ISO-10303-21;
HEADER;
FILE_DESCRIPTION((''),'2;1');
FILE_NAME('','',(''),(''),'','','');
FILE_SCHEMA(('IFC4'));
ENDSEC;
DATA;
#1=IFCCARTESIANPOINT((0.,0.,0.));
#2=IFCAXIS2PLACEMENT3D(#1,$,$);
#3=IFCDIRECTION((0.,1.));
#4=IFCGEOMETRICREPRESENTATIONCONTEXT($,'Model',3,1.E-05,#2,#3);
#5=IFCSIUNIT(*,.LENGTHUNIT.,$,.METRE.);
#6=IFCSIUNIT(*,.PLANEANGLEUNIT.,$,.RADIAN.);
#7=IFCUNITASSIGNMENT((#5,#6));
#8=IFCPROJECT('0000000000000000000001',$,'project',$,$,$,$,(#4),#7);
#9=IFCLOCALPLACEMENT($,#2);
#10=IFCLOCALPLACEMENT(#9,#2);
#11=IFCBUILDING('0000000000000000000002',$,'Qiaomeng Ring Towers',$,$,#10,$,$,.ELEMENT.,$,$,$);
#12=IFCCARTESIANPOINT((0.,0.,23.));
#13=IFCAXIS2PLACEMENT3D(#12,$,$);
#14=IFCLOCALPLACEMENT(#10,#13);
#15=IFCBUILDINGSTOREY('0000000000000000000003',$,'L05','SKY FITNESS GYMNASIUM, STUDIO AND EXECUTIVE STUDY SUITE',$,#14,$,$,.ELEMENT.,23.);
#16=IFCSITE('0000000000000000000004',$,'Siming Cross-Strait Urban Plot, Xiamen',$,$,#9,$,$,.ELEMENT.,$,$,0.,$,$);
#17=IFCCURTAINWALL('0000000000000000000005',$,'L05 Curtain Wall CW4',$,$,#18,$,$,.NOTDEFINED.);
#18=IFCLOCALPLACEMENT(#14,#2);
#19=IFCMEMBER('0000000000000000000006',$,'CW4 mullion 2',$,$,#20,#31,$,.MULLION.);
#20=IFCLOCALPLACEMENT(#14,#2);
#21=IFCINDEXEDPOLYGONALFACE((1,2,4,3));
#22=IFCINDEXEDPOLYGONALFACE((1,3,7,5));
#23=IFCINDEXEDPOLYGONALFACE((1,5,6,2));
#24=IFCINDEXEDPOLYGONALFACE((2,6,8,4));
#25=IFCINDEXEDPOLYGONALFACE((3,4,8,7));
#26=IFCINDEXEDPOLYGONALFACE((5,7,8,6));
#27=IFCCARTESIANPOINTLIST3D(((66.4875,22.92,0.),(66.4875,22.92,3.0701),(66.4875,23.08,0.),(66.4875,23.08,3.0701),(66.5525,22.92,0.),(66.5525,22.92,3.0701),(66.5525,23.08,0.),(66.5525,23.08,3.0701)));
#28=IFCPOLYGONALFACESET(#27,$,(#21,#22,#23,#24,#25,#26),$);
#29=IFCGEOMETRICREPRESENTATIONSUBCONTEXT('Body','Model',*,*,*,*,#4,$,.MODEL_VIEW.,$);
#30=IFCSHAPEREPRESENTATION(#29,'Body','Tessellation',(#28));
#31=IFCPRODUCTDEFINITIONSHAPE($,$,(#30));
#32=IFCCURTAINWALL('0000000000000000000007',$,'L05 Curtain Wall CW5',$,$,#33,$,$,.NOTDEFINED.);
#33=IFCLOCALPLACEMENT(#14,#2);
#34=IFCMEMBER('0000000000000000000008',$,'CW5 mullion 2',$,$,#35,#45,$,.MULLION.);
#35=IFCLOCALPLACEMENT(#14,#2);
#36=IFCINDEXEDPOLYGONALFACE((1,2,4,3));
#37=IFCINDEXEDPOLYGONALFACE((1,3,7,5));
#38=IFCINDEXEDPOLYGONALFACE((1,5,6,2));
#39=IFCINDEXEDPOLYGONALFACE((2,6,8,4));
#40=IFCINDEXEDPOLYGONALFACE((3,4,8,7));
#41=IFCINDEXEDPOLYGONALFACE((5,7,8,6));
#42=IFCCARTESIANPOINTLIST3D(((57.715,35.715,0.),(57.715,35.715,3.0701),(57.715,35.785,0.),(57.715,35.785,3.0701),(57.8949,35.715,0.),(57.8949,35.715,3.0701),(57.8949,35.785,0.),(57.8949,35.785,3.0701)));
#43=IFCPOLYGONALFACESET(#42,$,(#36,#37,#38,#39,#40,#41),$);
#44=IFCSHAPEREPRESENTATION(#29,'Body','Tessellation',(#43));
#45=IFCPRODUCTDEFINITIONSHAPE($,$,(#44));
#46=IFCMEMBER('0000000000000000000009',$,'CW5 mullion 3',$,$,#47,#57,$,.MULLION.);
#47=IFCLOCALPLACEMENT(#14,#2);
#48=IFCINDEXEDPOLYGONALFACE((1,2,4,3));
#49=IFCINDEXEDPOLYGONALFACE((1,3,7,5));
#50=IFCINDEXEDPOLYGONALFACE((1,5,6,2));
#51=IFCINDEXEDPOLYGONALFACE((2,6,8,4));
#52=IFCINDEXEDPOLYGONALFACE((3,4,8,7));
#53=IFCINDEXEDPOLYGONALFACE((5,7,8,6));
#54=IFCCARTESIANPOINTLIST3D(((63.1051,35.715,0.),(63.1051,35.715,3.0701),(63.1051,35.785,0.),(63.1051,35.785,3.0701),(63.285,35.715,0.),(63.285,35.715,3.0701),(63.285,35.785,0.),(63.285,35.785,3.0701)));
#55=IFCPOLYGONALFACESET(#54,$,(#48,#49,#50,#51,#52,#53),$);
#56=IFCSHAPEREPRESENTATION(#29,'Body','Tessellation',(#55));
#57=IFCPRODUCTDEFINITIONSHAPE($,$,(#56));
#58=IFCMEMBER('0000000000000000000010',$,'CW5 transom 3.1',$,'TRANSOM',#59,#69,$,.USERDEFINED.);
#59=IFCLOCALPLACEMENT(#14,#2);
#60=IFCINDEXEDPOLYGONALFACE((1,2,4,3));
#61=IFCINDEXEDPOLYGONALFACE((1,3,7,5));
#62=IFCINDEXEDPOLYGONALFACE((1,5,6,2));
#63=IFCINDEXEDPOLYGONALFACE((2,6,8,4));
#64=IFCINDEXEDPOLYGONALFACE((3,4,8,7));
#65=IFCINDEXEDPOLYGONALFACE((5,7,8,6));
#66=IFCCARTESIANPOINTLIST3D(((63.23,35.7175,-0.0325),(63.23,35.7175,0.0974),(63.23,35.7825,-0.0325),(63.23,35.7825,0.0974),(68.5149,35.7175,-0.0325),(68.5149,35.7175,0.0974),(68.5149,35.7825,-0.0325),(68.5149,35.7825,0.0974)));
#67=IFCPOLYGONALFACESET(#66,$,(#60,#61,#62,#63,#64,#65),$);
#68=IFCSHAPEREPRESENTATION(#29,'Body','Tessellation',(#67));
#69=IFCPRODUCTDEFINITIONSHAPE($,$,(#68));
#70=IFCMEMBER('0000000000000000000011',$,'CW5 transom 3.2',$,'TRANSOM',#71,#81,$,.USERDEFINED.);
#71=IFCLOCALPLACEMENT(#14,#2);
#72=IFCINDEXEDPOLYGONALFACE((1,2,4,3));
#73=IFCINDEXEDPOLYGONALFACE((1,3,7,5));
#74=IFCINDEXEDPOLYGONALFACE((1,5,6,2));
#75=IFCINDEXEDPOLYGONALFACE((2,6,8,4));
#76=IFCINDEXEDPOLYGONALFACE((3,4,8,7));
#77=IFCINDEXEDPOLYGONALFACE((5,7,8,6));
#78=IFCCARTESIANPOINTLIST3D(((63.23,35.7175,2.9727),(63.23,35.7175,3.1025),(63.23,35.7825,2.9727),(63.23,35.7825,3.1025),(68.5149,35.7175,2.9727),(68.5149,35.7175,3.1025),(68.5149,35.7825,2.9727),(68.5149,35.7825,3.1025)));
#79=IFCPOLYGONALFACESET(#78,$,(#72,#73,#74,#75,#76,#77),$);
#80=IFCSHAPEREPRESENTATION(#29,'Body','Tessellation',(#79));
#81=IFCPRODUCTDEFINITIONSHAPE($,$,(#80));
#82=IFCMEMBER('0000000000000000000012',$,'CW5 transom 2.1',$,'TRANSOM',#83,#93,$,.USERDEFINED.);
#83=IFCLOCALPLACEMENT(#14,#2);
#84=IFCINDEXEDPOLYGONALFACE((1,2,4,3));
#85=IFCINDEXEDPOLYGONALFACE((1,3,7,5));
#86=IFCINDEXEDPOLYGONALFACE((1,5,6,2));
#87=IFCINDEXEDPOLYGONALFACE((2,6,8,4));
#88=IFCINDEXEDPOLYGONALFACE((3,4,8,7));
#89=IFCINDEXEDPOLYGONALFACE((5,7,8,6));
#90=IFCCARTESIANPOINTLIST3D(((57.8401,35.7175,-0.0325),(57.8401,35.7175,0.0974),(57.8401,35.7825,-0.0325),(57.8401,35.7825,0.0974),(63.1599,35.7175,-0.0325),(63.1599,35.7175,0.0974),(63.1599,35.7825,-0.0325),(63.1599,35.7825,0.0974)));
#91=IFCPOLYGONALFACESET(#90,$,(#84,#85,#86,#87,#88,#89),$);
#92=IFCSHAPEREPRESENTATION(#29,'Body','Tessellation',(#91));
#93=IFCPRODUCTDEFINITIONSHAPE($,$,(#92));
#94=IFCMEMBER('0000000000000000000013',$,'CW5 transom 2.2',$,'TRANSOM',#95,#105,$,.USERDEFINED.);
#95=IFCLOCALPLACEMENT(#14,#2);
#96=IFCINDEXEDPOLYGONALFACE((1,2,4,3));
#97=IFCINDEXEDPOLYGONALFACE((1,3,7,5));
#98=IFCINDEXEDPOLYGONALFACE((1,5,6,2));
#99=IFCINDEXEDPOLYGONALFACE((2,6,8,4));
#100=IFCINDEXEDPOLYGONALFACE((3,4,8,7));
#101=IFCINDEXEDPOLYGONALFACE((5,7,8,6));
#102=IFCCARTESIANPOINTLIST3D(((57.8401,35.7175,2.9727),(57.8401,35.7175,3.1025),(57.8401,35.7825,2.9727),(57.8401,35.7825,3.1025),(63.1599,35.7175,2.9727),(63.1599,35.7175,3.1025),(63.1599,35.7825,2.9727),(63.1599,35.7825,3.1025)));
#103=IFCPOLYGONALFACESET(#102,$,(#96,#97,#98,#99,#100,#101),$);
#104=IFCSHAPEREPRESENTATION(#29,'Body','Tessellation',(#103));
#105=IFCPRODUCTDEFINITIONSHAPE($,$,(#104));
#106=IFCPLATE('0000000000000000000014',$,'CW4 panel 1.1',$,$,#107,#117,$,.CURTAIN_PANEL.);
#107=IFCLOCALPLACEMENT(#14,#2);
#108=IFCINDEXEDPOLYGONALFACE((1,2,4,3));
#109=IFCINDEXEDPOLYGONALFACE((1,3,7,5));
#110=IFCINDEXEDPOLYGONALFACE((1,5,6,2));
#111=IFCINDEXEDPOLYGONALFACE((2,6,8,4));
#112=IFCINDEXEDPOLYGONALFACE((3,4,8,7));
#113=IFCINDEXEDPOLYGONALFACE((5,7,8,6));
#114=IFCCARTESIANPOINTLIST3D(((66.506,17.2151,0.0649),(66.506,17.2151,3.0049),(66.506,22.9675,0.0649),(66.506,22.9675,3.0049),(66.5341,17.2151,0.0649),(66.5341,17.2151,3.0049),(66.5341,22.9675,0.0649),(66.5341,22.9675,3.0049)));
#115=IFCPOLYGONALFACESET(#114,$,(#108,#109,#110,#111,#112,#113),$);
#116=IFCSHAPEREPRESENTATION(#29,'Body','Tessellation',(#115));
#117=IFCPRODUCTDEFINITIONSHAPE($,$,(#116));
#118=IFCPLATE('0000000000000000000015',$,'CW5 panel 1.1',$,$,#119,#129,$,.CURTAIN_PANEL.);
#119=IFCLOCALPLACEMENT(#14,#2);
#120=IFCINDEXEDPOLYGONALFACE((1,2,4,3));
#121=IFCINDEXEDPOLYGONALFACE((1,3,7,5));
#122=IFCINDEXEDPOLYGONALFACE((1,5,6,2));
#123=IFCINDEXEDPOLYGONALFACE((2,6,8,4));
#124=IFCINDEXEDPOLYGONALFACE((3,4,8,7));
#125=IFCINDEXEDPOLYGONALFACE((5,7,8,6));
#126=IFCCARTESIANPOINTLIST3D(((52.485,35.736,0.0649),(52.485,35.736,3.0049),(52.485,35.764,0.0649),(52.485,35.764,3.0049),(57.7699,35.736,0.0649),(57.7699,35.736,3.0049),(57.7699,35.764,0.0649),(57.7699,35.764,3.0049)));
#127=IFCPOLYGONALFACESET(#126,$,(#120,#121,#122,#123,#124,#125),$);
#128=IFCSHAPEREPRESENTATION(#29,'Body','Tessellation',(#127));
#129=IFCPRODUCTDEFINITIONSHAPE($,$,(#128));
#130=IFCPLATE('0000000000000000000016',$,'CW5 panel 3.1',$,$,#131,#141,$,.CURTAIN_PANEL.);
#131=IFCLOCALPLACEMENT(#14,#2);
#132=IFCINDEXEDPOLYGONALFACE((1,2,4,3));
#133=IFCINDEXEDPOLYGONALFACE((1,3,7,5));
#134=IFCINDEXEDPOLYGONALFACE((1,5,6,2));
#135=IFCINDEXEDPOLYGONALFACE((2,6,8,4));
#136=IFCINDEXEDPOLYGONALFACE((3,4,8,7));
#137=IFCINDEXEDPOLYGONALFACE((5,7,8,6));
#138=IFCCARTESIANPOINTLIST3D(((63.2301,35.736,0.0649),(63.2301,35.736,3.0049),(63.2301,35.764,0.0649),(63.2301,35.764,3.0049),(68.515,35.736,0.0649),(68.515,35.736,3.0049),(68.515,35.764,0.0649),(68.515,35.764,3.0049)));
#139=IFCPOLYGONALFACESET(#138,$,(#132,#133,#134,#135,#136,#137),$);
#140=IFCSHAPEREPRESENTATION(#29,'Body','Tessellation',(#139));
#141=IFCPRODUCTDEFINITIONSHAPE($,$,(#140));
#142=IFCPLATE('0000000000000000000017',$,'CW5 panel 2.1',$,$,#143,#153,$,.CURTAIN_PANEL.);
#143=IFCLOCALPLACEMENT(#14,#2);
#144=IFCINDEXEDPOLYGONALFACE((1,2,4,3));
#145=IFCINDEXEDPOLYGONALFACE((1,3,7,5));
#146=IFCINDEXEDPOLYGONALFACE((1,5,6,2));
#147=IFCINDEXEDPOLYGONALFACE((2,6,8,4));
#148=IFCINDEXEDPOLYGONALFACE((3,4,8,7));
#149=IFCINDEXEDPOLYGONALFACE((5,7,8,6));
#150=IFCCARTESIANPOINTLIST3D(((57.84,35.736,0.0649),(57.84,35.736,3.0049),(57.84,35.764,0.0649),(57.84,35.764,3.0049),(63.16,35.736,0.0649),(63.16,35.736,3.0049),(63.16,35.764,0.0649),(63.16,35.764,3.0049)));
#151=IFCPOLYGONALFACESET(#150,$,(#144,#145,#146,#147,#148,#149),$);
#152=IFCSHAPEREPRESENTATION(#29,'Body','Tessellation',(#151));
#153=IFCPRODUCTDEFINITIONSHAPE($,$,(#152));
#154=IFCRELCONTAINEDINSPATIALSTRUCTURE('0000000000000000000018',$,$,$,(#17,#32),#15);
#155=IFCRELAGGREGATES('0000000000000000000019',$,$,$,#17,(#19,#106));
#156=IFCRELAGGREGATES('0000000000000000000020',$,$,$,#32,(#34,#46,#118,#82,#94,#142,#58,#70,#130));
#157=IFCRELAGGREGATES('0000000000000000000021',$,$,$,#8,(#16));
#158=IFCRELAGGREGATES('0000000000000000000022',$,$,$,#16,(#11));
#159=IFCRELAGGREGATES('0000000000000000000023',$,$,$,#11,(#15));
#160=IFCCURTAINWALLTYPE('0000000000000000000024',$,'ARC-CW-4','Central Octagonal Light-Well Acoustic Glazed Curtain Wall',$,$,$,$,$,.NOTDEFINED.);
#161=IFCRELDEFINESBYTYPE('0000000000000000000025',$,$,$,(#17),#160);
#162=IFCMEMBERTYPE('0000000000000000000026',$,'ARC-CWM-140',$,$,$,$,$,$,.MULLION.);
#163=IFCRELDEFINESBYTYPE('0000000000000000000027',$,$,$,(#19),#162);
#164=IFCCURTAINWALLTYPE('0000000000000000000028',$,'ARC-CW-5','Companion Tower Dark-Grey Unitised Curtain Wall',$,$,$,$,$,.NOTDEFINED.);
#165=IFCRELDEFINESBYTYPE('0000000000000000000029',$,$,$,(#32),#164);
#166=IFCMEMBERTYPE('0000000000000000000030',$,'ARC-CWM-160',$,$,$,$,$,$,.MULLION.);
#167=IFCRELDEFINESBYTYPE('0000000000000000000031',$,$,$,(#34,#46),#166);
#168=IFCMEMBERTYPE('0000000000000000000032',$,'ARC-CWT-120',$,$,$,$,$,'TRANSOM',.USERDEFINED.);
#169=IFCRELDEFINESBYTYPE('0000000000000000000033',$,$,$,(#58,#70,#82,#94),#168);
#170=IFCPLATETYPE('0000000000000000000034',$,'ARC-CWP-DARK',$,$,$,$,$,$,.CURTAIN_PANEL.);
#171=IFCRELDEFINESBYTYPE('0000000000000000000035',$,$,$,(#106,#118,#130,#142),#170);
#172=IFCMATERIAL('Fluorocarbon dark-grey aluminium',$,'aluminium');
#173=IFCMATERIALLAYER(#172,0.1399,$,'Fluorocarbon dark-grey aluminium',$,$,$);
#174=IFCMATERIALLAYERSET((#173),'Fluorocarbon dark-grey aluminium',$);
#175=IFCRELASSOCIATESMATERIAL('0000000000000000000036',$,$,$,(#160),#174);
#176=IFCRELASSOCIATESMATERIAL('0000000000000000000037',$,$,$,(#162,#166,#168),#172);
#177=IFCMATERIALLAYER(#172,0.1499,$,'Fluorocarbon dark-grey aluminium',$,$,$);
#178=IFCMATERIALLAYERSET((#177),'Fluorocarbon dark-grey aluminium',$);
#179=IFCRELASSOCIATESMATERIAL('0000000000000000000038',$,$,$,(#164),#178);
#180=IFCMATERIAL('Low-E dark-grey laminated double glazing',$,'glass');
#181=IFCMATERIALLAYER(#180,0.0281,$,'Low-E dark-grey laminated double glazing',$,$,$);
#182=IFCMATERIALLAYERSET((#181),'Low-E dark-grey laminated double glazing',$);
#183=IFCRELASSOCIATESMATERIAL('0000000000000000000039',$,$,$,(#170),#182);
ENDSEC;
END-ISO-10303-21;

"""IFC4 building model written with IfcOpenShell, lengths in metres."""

from ifc_helpers import new_model, si_unit, direction, frame, origin, origin_2d, place, context, subcontext, project, spatial, rectangle, extrude, source, transform, mapped, material, layer, layer_set, material_profile, profile_set, type_object, element, aggregate, save


model = new_model("IFC4")

# Units and contexts
model_context = context("Model", 3, precision=1e-05, world=origin(), true_north=direction((0.0, 1.0)))
body_context = subcontext(model_context, "Body", "Model", "MODEL_VIEW")
ifc_project = project(units=[si_unit("LENGTHUNIT", "METRE"), si_unit("PLANEANGLEUNIT", "RADIAN")], contexts=[model_context])

# Site, building, storey
site_placement = place(None, origin())
site = spatial("IfcSite", under=ifc_project, at=site_placement, Name="Siming Cross-Strait Urban Plot, Xiamen", CompositionType="ELEMENT", RefElevation=0.0)
building_placement = place(site_placement, origin())
building = spatial("IfcBuilding", under=site, at=building_placement, Name="Qiaomeng Ring Towers", CompositionType="ELEMENT")
storey_placement = place(building_placement, frame((0.0, 0.0, 23.0)))
storey = spatial("IfcBuildingStorey", under=building, at=storey_placement, Name="L05", Description="SKY FITNESS GYMNASIUM, STUDIO AND EXECUTIVE STUDY SUITE", CompositionType="ELEMENT", Elevation=23.0)

# Curtain wall, member
ifc_material_1 = material(Name="Fluorocarbon dark-grey aluminium", Category="aluminium")
ifc_layer_1 = layer(ifc_material_1, 0.1399, Name="Fluorocarbon dark-grey aluminium")
ifc_layer_set_1 = layer_set([ifc_layer_1], Name="Fluorocarbon dark-grey aluminium")
curtain_wall_type_1 = type_object("IfcCurtainWallType", Name="ARC-CW-4", Description="Central Octagonal Light-Well Acoustic Glazed Curtain Wall", PredefinedType="NOTDEFINED", material=ifc_layer_set_1)
curtain_wall_1_placement = place(storey_placement, origin())
curtain_wall_1 = element("IfcCurtainWall", 1, at=curtain_wall_1_placement, inside=storey, type_object=curtain_wall_type_1, Name="L05 Curtain Wall CW4", PredefinedType="NOTDEFINED")
ifc_material_profile_1 = material_profile(ifc_material_1, rectangle(XDim=0.0649, YDim=0.1599, at=origin_2d()), Name="ALU MULL 65x160")
ifc_profile_set_1 = profile_set([ifc_material_profile_1], Name="Fluorocarbon dark-grey aluminium")
member_type_1 = type_object("IfcMemberType", Name="ARC-CWM-140", PredefinedType="MULLION", material=ifc_profile_set_1)
shared_shape_1 = source(origin(), body_context, "Body", "SweptSolid", [
    extrude(rectangle(XDim=0.0649, YDim=0.1599, at=origin_2d()), origin(), (0.0, 0.0, 1.0), 3.0701),
])
member_1_placement = place(storey_placement, frame((66.52, 23.0, 0.0), z_axis=(0.0, 0.0, 1.0), x_axis=(-1.0, 0.0, 0.0)))
member_1 = element("IfcMember", 2, at=member_1_placement, type_object=member_type_1, Name="CW4 mullion 2", PredefinedType="MULLION", context=body_context, shape_type="MappedRepresentation", body=[
    mapped(shared_shape_1, transform((0.0, 0.0, 0.0), x_axis=(1.0, 0.0, 0.0), y_axis=(0.0, 1.0, 0.0), z_axis=(0.0, 0.0, 1.0), scale=1.0)),
])

# Curtain wall, members
ifc_layer_2 = layer(ifc_material_1, 0.1499, Name="Fluorocarbon dark-grey aluminium")
ifc_layer_set_2 = layer_set([ifc_layer_2], Name="Fluorocarbon dark-grey aluminium")
curtain_wall_type_2 = type_object("IfcCurtainWallType", Name="ARC-CW-5", Description="Companion Tower Dark-Grey Unitised Curtain Wall", PredefinedType="NOTDEFINED", material=ifc_layer_set_2)
curtain_wall_2_placement = place(storey_placement, origin())
curtain_wall_2 = element("IfcCurtainWall", 3, at=curtain_wall_2_placement, inside=storey, type_object=curtain_wall_type_2, Name="L05 Curtain Wall CW5", PredefinedType="NOTDEFINED")
ifc_material_profile_2 = material_profile(ifc_material_1, rectangle(XDim=0.0701, YDim=0.1799, at=origin_2d()), Name="ALU MULL 70x180")
ifc_profile_set_2 = profile_set([ifc_material_profile_2], Name="Fluorocarbon dark-grey aluminium")
member_type_2 = type_object("IfcMemberType", Name="ARC-CWM-160", PredefinedType="MULLION", material=ifc_profile_set_2)
shared_shape_2 = source(origin(), body_context, "Body", "SweptSolid", [
    extrude(rectangle(XDim=0.0701, YDim=0.1799, at=origin_2d()), origin(), (0.0, 0.0, 1.0), 3.0701),
])
member_2_placement = place(storey_placement, frame((57.8049, 35.75, 0.0), z_axis=(0.0, 0.0, 1.0), x_axis=(0.0, 1.0, 0.0)))
member_2 = element("IfcMember", 4, at=member_2_placement, type_object=member_type_2, Name="CW5 mullion 2", PredefinedType="MULLION", context=body_context, shape_type="MappedRepresentation", body=[
    mapped(shared_shape_2, transform((0.0, 0.0, 0.0), x_axis=(1.0, 0.0, 0.0), y_axis=(0.0, 1.0, 0.0), z_axis=(0.0, 0.0, 1.0), scale=1.0)),
])
member_3_placement = place(storey_placement, frame((63.1951, 35.75, 0.0), z_axis=(0.0, 0.0, 1.0), x_axis=(0.0, 1.0, 0.0)))
member_3 = element("IfcMember", 5, at=member_3_placement, type_object=member_type_2, Name="CW5 mullion 3", PredefinedType="MULLION", context=body_context, shape_type="MappedRepresentation", body=[
    mapped(shared_shape_2, transform((0.0, 0.0, 0.0), x_axis=(1.0, 0.0, 0.0), y_axis=(0.0, 1.0, 0.0), z_axis=(0.0, 0.0, 1.0), scale=1.0)),
])
ifc_material_profile_3 = material_profile(ifc_material_1, rectangle(XDim=0.0649, YDim=0.1299, at=origin_2d()), Name="ALU TRAN 65x130")
ifc_profile_set_3 = profile_set([ifc_material_profile_3], Name="Fluorocarbon dark-grey aluminium")
member_type_3 = type_object("IfcMemberType", Name="ARC-CWT-120", ElementType="TRANSOM", PredefinedType="USERDEFINED", material=ifc_profile_set_3)
shared_shape_3 = source(origin(), body_context, "Body", "SweptSolid", [
    extrude(rectangle(XDim=0.0649, YDim=0.1299, at=origin_2d()), origin(), (0.0, 0.0, 1.0), 5.2849),
])
member_4_placement = place(storey_placement, frame((63.23, 35.75, 0.0325), z_axis=(1.0, 0.0, 0.0), x_axis=(0.0, 1.0, 0.0)))
member_4 = element("IfcMember", 6, at=member_4_placement, type_object=member_type_3, Name="CW5 transom 3.1", ObjectType="TRANSOM", PredefinedType="USERDEFINED", context=body_context, shape_type="MappedRepresentation", body=[
    mapped(shared_shape_3, transform((0.0, 0.0, 0.0), x_axis=(1.0, 0.0, 0.0), y_axis=(0.0, 1.0, 0.0), z_axis=(0.0, 0.0, 1.0), scale=1.0)),
])
member_5_placement = place(storey_placement, frame((63.23, 35.75, 3.0376), z_axis=(1.0, 0.0, 0.0), x_axis=(0.0, 1.0, 0.0)))
member_5 = element("IfcMember", 7, at=member_5_placement, type_object=member_type_3, Name="CW5 transom 3.2", ObjectType="TRANSOM", PredefinedType="USERDEFINED", context=body_context, shape_type="MappedRepresentation", body=[
    mapped(shared_shape_3, transform((0.0, 0.0, 0.0), x_axis=(1.0, 0.0, 0.0), y_axis=(0.0, 1.0, 0.0), z_axis=(0.0, 0.0, 1.0), scale=1.0)),
])
shared_shape_4 = source(origin(), body_context, "Body", "SweptSolid", [
    extrude(rectangle(XDim=0.0649, YDim=0.1299, at=origin_2d()), origin(), (0.0, 0.0, 1.0), 5.3198),
])
member_6_placement = place(storey_placement, frame((57.8401, 35.75, 0.0325), z_axis=(1.0, 0.0, 0.0), x_axis=(0.0, 1.0, 0.0)))
member_6 = element("IfcMember", 8, at=member_6_placement, type_object=member_type_3, Name="CW5 transom 2.1", ObjectType="TRANSOM", PredefinedType="USERDEFINED", context=body_context, shape_type="MappedRepresentation", body=[
    mapped(shared_shape_4, transform((0.0, 0.0, 0.0), x_axis=(1.0, 0.0, 0.0), y_axis=(0.0, 1.0, 0.0), z_axis=(0.0, 0.0, 1.0), scale=1.0)),
])
member_7_placement = place(storey_placement, frame((57.8401, 35.75, 3.0376), z_axis=(1.0, 0.0, 0.0), x_axis=(0.0, 1.0, 0.0)))
member_7 = element("IfcMember", 9, at=member_7_placement, type_object=member_type_3, Name="CW5 transom 2.2", ObjectType="TRANSOM", PredefinedType="USERDEFINED", context=body_context, shape_type="MappedRepresentation", body=[
    mapped(shared_shape_4, transform((0.0, 0.0, 0.0), x_axis=(1.0, 0.0, 0.0), y_axis=(0.0, 1.0, 0.0), z_axis=(0.0, 0.0, 1.0), scale=1.0)),
])

# Plates
ifc_material_2 = material(Name="Low-E dark-grey laminated double glazing", Category="glass")
ifc_layer_3 = layer(ifc_material_2, 0.0281, Name="Low-E dark-grey laminated double glazing")
ifc_layer_set_3 = layer_set([ifc_layer_3], Name="Low-E dark-grey laminated double glazing")
plate_type = type_object("IfcPlateType", Name="ARC-CWP-DARK", PredefinedType="CURTAIN_PANEL", material=ifc_layer_set_3)
shared_shape_5 = source(origin(), body_context, "Body", "SweptSolid", [
    extrude(rectangle(XDim=5.7524, YDim=0.0281, at=origin_2d()), origin(), (0.0, 0.0, 1.0), 2.9399),
])
plate_1_placement = place(storey_placement, frame((66.52, 20.0913, 0.0649), z_axis=(0.0, 0.0, 1.0), x_axis=(0.0, 1.0, 0.0)))
plate_1 = element("IfcPlate", 10, at=plate_1_placement, type_object=plate_type, Name="CW4 panel 1.1", PredefinedType="CURTAIN_PANEL", context=body_context, shape_type="MappedRepresentation", body=[
    mapped(shared_shape_5, transform((0.0, 0.0, 0.0), x_axis=(1.0, 0.0, 0.0), y_axis=(0.0, 1.0, 0.0), z_axis=(0.0, 0.0, 1.0), scale=1.0)),
])
aggregate(curtain_wall_1, [member_1, plate_1])
shared_shape_6 = source(origin(), body_context, "Body", "SweptSolid", [
    extrude(rectangle(XDim=5.2849, YDim=0.0281, at=origin_2d()), origin(), (0.0, 0.0, 1.0), 2.9399),
])
plate_2_placement = place(storey_placement, frame((55.1274, 35.75, 0.0649), z_axis=(0.0, 0.0, 1.0), x_axis=(1.0, 0.0, 0.0)))
plate_2 = element("IfcPlate", 11, at=plate_2_placement, type_object=plate_type, Name="CW5 panel 1.1", PredefinedType="CURTAIN_PANEL", context=body_context, shape_type="MappedRepresentation", body=[
    mapped(shared_shape_6, transform((0.0, 0.0, 0.0), x_axis=(1.0, 0.0, 0.0), y_axis=(0.0, 1.0, 0.0), z_axis=(0.0, 0.0, 1.0), scale=1.0)),
])
plate_3_placement = place(storey_placement, frame((65.8726, 35.75, 0.0649), z_axis=(0.0, 0.0, 1.0), x_axis=(1.0, 0.0, 0.0)))
plate_3 = element("IfcPlate", 12, at=plate_3_placement, type_object=plate_type, Name="CW5 panel 3.1", PredefinedType="CURTAIN_PANEL", context=body_context, shape_type="MappedRepresentation", body=[
    mapped(shared_shape_6, transform((0.0, 0.0, 0.0), x_axis=(1.0, 0.0, 0.0), y_axis=(0.0, 1.0, 0.0), z_axis=(0.0, 0.0, 1.0), scale=1.0)),
])
shared_shape_7 = source(origin(), body_context, "Body", "SweptSolid", [
    extrude(rectangle(XDim=5.3201, YDim=0.0281, at=origin_2d()), origin(), (0.0, 0.0, 1.0), 2.9399),
])
plate_4_placement = place(storey_placement, frame((60.5, 35.75, 0.0649), z_axis=(0.0, 0.0, 1.0), x_axis=(1.0, 0.0, 0.0)))
plate_4 = element("IfcPlate", 13, at=plate_4_placement, type_object=plate_type, Name="CW5 panel 2.1", PredefinedType="CURTAIN_PANEL", context=body_context, shape_type="MappedRepresentation", body=[
    mapped(shared_shape_7, transform((0.0, 0.0, 0.0), x_axis=(1.0, 0.0, 0.0), y_axis=(0.0, 1.0, 0.0), z_axis=(0.0, 0.0, 1.0), scale=1.0)),
])
aggregate(curtain_wall_2, [member_2, member_3, plate_2, member_6, member_7, plate_4, member_4, member_5, plate_3])

save(model, "model.ifc")
